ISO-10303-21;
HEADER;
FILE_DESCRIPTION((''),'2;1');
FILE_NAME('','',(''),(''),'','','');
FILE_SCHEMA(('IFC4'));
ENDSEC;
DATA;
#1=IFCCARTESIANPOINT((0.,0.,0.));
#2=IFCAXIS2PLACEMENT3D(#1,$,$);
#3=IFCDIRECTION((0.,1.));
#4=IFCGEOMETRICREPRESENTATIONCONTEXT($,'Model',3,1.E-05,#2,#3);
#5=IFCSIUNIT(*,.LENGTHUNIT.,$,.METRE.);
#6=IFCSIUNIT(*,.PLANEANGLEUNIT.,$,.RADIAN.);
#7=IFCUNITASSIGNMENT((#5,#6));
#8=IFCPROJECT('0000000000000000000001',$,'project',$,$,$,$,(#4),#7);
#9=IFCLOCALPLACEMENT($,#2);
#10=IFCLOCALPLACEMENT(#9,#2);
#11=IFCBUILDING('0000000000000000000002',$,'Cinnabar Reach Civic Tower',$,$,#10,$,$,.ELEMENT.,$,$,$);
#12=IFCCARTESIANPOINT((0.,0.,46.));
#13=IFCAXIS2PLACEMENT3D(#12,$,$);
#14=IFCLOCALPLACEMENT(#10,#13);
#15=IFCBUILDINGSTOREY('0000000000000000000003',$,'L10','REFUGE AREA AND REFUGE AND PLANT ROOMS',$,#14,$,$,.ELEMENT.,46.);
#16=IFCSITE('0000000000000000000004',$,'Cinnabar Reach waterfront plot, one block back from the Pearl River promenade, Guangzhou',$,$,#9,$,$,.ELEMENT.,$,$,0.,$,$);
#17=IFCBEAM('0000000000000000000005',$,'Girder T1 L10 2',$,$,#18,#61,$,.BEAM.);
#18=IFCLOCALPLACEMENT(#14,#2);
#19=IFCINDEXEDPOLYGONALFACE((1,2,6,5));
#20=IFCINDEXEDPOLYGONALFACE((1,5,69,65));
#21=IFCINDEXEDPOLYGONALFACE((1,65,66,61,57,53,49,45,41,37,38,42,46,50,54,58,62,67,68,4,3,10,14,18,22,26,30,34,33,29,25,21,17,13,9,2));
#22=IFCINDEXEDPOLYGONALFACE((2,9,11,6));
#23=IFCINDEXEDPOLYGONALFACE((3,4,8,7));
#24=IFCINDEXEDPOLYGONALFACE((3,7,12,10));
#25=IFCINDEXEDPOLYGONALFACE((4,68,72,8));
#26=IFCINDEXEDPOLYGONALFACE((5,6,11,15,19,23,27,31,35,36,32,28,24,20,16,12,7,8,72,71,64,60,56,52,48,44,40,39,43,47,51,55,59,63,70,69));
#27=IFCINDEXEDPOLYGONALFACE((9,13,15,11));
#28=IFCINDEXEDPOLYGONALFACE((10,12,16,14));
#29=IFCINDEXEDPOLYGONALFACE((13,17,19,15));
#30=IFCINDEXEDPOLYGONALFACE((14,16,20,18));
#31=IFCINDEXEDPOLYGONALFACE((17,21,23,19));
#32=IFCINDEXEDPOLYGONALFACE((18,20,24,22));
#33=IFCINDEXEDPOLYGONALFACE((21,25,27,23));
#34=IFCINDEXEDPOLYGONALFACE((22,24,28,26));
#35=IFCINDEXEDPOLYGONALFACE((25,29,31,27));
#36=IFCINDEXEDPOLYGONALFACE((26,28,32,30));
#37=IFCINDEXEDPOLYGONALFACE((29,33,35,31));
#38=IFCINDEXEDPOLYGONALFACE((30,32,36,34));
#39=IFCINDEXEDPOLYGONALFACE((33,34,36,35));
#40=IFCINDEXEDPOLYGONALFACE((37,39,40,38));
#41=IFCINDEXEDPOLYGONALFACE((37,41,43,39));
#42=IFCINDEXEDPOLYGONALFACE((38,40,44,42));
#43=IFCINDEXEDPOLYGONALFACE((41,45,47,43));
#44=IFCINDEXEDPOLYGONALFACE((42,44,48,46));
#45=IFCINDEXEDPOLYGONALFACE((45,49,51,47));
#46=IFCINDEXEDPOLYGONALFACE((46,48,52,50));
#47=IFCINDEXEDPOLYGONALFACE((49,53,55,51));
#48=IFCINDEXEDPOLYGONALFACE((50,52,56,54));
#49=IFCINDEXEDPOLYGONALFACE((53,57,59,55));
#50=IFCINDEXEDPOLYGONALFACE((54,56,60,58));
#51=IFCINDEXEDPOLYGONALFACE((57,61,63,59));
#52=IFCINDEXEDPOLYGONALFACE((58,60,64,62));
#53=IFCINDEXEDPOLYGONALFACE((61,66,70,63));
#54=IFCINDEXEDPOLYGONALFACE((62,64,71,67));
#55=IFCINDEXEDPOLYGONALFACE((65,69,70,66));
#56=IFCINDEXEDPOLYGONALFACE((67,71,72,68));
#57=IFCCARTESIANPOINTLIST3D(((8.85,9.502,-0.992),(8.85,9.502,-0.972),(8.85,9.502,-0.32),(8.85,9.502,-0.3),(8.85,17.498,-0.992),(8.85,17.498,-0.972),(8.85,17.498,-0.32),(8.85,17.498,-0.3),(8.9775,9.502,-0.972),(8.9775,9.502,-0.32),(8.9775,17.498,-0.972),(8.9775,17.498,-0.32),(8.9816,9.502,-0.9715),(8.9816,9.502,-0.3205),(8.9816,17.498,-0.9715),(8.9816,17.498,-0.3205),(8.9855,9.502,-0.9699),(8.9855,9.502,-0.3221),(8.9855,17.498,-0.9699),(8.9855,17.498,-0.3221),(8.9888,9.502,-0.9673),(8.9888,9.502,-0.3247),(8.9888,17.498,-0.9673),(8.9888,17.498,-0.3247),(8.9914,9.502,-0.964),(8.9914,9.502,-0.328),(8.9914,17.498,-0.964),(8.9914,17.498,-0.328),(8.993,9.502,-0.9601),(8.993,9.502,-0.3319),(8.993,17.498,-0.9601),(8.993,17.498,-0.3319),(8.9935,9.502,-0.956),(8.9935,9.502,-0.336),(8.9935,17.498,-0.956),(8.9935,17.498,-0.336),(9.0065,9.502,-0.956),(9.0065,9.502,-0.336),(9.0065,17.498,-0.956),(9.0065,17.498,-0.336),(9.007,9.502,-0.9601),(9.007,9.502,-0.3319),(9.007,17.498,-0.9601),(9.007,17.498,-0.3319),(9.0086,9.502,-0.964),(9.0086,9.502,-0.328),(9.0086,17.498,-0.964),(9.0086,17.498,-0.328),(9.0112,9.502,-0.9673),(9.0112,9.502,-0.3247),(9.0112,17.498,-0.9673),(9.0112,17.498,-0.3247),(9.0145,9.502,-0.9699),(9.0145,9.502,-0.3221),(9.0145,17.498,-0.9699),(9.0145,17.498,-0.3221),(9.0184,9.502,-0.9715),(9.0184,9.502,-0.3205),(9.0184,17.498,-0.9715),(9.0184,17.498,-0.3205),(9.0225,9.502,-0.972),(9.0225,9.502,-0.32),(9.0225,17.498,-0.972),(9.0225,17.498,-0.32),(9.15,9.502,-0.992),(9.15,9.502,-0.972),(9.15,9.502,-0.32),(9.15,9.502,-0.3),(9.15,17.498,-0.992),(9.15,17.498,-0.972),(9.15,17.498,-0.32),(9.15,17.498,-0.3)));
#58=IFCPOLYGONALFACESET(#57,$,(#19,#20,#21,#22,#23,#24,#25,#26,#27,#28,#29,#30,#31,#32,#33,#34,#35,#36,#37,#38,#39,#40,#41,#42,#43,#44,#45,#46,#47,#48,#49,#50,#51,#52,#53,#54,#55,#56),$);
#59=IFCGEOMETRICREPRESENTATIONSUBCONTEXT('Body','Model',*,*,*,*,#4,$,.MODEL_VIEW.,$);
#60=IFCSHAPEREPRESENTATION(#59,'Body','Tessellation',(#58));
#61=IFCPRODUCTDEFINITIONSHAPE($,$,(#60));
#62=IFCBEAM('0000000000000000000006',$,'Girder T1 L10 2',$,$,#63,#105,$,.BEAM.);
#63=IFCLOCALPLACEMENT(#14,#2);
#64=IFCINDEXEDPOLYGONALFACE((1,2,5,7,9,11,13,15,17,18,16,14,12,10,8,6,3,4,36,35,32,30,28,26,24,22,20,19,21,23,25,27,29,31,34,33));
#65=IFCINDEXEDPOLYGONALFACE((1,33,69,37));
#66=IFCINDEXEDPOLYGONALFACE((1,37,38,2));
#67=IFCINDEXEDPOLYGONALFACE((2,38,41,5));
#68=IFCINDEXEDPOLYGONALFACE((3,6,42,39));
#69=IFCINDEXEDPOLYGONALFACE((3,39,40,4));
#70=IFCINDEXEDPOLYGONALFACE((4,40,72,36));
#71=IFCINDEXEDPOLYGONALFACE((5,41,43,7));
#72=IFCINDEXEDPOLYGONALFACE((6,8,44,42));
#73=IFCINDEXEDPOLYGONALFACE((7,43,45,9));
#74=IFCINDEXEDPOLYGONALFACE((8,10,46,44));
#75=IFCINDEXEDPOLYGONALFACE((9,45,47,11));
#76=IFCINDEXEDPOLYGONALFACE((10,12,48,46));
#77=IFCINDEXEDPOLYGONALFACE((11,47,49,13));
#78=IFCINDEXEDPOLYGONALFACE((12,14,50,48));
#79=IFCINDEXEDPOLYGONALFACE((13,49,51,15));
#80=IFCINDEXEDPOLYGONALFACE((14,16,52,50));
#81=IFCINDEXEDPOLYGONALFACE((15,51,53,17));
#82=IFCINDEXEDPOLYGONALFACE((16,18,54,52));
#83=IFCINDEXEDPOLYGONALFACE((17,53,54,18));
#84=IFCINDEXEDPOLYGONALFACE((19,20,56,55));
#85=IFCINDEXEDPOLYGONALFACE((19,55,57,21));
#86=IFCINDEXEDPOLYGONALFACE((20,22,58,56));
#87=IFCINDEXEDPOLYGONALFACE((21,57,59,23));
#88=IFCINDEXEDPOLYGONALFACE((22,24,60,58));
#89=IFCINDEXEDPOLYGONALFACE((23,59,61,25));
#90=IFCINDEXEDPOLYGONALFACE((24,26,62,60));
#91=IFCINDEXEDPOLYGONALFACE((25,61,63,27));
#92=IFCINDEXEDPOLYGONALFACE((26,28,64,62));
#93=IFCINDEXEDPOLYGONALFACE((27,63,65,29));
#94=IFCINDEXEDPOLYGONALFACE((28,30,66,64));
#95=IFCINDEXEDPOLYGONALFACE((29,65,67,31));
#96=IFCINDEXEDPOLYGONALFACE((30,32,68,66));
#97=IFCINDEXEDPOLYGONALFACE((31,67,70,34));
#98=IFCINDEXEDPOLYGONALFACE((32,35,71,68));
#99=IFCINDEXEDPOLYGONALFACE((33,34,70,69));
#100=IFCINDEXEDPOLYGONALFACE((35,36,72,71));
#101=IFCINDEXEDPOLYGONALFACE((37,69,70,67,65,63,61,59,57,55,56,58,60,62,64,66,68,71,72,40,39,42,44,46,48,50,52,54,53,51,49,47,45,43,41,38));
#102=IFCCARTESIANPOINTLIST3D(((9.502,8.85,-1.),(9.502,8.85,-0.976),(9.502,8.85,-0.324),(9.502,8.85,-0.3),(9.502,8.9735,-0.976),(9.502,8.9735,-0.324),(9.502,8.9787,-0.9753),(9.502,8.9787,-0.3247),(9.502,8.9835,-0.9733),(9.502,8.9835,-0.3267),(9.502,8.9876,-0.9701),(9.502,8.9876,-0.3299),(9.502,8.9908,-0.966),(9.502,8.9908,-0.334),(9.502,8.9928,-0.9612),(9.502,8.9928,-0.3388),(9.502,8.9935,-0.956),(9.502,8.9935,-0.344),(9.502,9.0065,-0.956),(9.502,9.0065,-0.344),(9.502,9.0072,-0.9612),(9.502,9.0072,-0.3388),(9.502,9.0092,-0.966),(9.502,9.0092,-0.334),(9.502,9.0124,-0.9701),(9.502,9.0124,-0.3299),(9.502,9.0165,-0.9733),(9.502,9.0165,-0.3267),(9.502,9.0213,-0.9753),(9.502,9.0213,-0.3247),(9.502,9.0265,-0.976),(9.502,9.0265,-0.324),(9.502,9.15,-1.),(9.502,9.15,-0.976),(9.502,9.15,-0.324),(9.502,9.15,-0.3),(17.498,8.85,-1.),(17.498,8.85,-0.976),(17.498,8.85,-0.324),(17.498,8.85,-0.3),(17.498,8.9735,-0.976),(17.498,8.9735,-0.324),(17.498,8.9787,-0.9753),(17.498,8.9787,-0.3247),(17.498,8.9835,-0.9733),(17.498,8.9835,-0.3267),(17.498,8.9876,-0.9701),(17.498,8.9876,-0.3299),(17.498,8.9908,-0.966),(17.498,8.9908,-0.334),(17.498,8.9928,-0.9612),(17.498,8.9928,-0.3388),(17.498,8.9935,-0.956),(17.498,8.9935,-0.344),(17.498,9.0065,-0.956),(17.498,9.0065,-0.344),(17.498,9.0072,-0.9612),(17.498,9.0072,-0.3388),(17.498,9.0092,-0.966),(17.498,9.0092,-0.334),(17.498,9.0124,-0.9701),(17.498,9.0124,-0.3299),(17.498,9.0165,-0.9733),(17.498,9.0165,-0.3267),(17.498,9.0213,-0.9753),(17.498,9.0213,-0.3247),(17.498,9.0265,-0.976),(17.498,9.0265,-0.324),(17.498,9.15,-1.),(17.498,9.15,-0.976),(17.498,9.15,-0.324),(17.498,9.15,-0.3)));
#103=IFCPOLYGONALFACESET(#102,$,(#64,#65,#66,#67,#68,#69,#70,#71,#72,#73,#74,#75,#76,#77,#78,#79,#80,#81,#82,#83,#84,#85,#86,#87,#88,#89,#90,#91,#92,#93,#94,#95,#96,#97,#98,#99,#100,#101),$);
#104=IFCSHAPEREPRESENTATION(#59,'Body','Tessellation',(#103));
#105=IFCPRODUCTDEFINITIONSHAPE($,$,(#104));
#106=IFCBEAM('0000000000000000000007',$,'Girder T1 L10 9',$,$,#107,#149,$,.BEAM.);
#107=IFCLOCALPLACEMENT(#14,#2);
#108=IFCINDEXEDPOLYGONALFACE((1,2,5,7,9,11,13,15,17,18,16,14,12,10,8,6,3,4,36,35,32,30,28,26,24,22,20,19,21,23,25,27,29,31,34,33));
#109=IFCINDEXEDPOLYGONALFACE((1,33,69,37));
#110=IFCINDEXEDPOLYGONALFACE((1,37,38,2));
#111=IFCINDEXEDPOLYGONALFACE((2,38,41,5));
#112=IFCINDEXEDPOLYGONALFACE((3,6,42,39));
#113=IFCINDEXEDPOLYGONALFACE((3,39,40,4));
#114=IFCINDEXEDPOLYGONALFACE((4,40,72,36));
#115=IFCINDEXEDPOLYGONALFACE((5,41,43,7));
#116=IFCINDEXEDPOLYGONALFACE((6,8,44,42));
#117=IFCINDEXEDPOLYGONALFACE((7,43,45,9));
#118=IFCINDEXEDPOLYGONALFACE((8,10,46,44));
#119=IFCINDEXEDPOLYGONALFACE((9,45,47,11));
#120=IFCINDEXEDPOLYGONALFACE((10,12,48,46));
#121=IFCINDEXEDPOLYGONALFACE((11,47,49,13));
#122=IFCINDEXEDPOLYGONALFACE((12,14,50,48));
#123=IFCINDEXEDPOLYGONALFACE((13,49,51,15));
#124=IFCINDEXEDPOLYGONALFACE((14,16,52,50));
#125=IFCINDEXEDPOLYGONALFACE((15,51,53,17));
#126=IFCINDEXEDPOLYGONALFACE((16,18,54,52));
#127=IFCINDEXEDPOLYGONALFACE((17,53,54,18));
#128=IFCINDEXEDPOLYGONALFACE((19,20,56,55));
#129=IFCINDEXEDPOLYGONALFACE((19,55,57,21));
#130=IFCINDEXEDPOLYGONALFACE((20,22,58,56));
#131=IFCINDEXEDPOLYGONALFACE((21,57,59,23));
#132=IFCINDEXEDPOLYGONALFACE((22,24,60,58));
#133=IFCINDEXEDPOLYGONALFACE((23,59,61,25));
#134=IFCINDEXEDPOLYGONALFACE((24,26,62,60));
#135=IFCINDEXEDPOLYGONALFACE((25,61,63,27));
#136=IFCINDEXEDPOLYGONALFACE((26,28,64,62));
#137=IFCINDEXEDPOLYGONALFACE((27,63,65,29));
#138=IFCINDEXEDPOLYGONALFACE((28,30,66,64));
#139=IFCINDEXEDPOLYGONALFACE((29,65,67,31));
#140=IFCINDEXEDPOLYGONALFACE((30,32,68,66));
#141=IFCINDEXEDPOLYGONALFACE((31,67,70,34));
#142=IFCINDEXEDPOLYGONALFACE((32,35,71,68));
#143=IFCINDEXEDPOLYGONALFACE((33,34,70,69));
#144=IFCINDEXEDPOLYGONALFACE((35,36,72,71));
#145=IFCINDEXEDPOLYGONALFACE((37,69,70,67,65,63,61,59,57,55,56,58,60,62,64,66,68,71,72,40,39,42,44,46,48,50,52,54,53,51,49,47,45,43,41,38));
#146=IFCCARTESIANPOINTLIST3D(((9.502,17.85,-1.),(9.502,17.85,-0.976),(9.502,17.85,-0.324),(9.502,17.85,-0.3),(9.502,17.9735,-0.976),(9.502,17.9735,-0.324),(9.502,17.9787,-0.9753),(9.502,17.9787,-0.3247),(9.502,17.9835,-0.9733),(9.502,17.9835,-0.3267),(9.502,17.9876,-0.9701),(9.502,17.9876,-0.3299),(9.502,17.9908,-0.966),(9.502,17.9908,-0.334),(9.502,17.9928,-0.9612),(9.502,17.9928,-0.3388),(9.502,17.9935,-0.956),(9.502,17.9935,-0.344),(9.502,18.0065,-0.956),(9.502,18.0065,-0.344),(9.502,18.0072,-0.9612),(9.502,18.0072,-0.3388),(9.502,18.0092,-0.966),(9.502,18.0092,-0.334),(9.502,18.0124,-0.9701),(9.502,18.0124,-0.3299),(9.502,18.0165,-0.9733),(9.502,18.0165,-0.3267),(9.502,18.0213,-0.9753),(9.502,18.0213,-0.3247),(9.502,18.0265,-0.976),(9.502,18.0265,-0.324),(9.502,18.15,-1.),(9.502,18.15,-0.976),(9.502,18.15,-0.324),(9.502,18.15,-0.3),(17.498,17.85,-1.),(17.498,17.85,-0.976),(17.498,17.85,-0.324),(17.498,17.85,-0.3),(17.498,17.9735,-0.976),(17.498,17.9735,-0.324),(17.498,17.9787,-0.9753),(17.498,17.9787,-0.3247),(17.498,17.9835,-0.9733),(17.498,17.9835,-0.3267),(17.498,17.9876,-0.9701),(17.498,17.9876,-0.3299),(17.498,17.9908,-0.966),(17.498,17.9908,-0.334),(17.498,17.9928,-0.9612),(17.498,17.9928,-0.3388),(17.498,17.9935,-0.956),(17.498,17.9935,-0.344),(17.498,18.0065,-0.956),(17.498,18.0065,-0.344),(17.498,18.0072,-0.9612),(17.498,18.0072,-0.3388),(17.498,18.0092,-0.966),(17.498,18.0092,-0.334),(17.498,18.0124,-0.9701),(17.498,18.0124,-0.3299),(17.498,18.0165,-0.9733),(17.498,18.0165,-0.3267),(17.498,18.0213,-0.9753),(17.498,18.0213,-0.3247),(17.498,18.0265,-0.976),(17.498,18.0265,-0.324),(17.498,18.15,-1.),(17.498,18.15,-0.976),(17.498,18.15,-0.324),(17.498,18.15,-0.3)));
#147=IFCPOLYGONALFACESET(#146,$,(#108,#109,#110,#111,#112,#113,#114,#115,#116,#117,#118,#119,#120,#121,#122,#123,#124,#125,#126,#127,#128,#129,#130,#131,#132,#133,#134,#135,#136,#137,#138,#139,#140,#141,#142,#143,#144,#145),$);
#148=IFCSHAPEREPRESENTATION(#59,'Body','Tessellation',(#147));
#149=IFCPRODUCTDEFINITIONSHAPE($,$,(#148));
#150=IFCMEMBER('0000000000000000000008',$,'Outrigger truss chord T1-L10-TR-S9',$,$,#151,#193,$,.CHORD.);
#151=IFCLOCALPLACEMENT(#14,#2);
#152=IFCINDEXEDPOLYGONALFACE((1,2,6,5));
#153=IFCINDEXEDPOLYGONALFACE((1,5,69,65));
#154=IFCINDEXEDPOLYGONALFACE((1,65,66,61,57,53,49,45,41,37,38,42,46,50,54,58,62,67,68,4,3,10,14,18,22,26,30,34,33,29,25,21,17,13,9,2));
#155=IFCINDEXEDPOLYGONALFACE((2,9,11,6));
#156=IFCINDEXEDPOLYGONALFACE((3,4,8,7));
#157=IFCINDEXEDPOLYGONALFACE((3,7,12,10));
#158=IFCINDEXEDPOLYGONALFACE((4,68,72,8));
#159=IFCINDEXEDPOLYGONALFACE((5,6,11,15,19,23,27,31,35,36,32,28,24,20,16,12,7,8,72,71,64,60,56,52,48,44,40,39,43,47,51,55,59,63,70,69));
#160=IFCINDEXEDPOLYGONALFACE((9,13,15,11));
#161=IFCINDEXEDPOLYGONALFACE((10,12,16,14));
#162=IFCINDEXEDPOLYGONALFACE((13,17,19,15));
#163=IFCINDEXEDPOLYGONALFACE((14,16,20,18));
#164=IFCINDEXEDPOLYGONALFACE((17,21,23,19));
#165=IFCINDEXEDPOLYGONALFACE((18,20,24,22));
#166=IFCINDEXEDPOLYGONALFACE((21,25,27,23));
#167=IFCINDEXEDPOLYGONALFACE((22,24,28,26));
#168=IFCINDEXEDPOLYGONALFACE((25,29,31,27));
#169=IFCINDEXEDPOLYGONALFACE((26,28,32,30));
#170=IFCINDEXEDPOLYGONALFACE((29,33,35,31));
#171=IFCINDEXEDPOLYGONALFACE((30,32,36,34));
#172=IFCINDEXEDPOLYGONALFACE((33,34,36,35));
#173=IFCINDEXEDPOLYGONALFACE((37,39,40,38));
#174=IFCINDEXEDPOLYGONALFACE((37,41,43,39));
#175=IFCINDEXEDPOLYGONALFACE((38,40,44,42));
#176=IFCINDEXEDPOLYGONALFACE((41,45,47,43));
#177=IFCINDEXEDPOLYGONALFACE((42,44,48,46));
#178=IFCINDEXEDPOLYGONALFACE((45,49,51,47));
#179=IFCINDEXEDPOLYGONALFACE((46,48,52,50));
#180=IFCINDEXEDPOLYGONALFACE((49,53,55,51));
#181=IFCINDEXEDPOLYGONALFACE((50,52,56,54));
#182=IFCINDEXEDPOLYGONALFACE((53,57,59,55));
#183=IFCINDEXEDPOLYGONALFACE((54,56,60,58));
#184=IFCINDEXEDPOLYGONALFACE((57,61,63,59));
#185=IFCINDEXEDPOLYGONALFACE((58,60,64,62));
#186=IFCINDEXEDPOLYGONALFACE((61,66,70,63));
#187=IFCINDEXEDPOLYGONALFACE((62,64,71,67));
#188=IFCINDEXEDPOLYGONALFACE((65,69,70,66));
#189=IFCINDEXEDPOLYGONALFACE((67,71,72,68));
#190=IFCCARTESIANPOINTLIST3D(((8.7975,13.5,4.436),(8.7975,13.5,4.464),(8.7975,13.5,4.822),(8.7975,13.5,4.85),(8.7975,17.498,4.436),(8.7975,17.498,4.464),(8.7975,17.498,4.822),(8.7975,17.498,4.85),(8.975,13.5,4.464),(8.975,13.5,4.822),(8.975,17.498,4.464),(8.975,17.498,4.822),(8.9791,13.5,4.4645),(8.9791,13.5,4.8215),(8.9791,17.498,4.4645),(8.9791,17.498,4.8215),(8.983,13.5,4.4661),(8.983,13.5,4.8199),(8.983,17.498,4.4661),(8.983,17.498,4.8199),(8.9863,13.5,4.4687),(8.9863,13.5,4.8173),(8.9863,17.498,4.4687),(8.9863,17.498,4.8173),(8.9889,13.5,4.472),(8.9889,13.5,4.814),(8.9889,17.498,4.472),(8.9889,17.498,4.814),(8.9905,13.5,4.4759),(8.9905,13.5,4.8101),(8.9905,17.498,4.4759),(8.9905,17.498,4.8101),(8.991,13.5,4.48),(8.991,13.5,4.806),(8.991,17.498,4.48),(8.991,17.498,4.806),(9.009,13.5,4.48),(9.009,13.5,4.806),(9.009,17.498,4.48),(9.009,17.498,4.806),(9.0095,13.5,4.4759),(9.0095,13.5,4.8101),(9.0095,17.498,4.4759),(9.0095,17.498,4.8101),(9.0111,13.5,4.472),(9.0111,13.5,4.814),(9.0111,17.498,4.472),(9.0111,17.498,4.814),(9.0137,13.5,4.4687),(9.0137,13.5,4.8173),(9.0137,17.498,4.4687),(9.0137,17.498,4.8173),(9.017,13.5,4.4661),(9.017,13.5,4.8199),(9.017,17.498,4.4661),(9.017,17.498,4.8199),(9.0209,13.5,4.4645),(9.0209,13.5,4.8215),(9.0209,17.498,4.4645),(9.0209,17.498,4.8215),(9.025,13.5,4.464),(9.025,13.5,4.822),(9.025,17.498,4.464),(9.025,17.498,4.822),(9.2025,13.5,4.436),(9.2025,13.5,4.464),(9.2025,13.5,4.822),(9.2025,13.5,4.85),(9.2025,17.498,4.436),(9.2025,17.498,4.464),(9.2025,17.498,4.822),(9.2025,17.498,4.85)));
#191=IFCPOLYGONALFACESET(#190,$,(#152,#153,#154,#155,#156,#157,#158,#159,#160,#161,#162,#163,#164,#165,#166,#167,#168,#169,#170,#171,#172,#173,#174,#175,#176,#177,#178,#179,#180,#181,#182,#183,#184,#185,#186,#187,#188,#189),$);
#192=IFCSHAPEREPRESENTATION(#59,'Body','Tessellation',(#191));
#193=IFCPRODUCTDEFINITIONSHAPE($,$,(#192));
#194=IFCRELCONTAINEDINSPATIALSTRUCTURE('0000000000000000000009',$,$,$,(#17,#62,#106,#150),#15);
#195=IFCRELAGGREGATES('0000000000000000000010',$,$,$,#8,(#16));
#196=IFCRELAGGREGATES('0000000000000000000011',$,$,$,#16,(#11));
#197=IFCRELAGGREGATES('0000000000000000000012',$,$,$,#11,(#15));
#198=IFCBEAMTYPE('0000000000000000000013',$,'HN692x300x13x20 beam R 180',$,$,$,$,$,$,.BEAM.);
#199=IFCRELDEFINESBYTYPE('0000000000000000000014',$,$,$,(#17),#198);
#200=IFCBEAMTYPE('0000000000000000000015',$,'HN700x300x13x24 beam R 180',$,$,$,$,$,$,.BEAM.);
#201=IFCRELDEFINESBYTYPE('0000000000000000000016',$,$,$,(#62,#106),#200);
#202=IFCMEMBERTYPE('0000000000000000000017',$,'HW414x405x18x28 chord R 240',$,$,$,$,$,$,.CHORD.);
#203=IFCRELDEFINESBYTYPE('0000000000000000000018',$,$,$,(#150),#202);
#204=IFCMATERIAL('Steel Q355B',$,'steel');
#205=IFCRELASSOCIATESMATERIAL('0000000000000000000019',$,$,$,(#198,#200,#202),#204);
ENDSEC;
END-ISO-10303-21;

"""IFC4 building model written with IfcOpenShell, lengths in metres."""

from ifc_helpers import new_model, si_unit, direction, frame, origin, origin_2d, place, context, subcontext, project, spatial, i_section, extrude, material, material_profile, profile_set, type_object, element, save


model = new_model("IFC4")

# Units and contexts
model_context = context("Model", 3, precision=1e-05, world=origin(), true_north=direction((0.0, 1.0)))
body_context = subcontext(model_context, "Body", "Model", "MODEL_VIEW")
ifc_project = project(units=[si_unit("LENGTHUNIT", "METRE"), si_unit("PLANEANGLEUNIT", "RADIAN")], contexts=[model_context])

# Site, building, storey
site_placement = place(None, origin())
site = spatial("IfcSite", under=ifc_project, at=site_placement, Name="Cinnabar Reach waterfront plot, one block back from the Pearl River promenade, Guangzhou", CompositionType="ELEMENT", RefElevation=0.0)
building_placement = place(site_placement, origin())
building = spatial("IfcBuilding", under=site, at=building_placement, Name="Cinnabar Reach Civic Tower", CompositionType="ELEMENT")
storey_placement = place(building_placement, frame((0.0, 0.0, 46.0)))
storey = spatial("IfcBuildingStorey", under=building, at=storey_placement, Name="L10", Description="REFUGE AREA AND REFUGE AND PLANT ROOMS", CompositionType="ELEMENT", Elevation=46.0)

# Shared definitions
ifc_material_1 = material(Name="Steel Q355B", Category="steel")

# Beams
ifc_material_profile_1 = material_profile(ifc_material_1, i_section(OverallWidth=0.3, OverallDepth=0.692, WebThickness=0.013, FlangeThickness=0.02, FilletRadius=0.016, at=origin_2d()), Name="HN692x300x13x20")
ifc_profile_set_1 = profile_set([ifc_material_profile_1], Name="Steel Q355B")
beam_type_1 = type_object("IfcBeamType", Name="HN692x300x13x20 beam R 180", PredefinedType="BEAM", material=ifc_profile_set_1)
beam_1_placement = place(storey_placement, frame((9.0, 9.502, -0.646), z_axis=(0.0, 1.0, 0.0), x_axis=(-1.0, 0.0, 0.0)))
element("IfcBeam", 1, at=beam_1_placement, inside=storey, type_object=beam_type_1, Name="Girder T1 L10 2", PredefinedType="BEAM", context=body_context, shape_type="SweptSolid", body=[
    extrude(i_section(OverallWidth=0.3, OverallDepth=0.692, WebThickness=0.013, FlangeThickness=0.02, FilletRadius=0.016, at=origin_2d()), origin(), (0.0, 0.0, 1.0), 7.996),
])
ifc_material_profile_2 = material_profile(ifc_material_1, i_section(OverallWidth=0.3, OverallDepth=0.7, WebThickness=0.013, FlangeThickness=0.024, FilletRadius=0.02, at=origin_2d()), Name="HN700x300x13x24")
ifc_profile_set_2 = profile_set([ifc_material_profile_2], Name="Steel Q355B")
beam_type_2 = type_object("IfcBeamType", Name="HN700x300x13x24 beam R 180", PredefinedType="BEAM", material=ifc_profile_set_2)
for number, where, z_axis, x_axis, name in (
    (2, (9.502, 9.0, -0.65), (1.0, 0.0, 0.0), (0.0, 1.0, 0.0), "Girder T1 L10 2"),
    (3, (9.502, 18.0, -0.65), (1.0, 0.0, 0.0), (0.0, 1.0, 0.0), "Girder T1 L10 9"),
):
    element("IfcBeam", number, at=place(storey_placement, frame(where, z_axis=z_axis, x_axis=x_axis)), inside=storey, type_object=beam_type_2, Name=name, PredefinedType="BEAM", context=body_context, shape_type="SweptSolid", body=[
        extrude(i_section(OverallWidth=0.3, OverallDepth=0.7, WebThickness=0.013, FlangeThickness=0.024, FilletRadius=0.02, at=origin_2d()), origin(), (0.0, 0.0, 1.0), 7.996),
    ])

# Member
ifc_material_profile_3 = material_profile(ifc_material_1, i_section(OverallWidth=0.405, OverallDepth=0.414, WebThickness=0.018, FlangeThickness=0.028, FilletRadius=0.016, at=origin_2d()), Name="HW414x405x18x28")
ifc_profile_set_3 = profile_set([ifc_material_profile_3], Name="Steel Q355B")
member_type_1 = type_object("IfcMemberType", Name="HW414x405x18x28 chord R 240", PredefinedType="CHORD", material=ifc_profile_set_3)
for number, where, z_axis, x_axis, name in (
    (4, (9.0, 17.498, 4.643), (0.0, -1.0, 0.0), (1.0, 0.0, 0.0), "Outrigger truss chord T1-L10-TR-S9"),
):
    element("IfcMember", number, at=place(storey_placement, frame(where, z_axis=z_axis, x_axis=x_axis)), inside=storey, type_object=member_type_1, Name=name, PredefinedType="CHORD", context=body_context, shape_type="SweptSolid", body=[
        extrude(i_section(OverallWidth=0.405, OverallDepth=0.414, WebThickness=0.018, FlangeThickness=0.028, FilletRadius=0.016, at=origin_2d()), origin(), (0.0, 0.0, 1.0), 3.998),
    ])

save(model, "model.ifc")
